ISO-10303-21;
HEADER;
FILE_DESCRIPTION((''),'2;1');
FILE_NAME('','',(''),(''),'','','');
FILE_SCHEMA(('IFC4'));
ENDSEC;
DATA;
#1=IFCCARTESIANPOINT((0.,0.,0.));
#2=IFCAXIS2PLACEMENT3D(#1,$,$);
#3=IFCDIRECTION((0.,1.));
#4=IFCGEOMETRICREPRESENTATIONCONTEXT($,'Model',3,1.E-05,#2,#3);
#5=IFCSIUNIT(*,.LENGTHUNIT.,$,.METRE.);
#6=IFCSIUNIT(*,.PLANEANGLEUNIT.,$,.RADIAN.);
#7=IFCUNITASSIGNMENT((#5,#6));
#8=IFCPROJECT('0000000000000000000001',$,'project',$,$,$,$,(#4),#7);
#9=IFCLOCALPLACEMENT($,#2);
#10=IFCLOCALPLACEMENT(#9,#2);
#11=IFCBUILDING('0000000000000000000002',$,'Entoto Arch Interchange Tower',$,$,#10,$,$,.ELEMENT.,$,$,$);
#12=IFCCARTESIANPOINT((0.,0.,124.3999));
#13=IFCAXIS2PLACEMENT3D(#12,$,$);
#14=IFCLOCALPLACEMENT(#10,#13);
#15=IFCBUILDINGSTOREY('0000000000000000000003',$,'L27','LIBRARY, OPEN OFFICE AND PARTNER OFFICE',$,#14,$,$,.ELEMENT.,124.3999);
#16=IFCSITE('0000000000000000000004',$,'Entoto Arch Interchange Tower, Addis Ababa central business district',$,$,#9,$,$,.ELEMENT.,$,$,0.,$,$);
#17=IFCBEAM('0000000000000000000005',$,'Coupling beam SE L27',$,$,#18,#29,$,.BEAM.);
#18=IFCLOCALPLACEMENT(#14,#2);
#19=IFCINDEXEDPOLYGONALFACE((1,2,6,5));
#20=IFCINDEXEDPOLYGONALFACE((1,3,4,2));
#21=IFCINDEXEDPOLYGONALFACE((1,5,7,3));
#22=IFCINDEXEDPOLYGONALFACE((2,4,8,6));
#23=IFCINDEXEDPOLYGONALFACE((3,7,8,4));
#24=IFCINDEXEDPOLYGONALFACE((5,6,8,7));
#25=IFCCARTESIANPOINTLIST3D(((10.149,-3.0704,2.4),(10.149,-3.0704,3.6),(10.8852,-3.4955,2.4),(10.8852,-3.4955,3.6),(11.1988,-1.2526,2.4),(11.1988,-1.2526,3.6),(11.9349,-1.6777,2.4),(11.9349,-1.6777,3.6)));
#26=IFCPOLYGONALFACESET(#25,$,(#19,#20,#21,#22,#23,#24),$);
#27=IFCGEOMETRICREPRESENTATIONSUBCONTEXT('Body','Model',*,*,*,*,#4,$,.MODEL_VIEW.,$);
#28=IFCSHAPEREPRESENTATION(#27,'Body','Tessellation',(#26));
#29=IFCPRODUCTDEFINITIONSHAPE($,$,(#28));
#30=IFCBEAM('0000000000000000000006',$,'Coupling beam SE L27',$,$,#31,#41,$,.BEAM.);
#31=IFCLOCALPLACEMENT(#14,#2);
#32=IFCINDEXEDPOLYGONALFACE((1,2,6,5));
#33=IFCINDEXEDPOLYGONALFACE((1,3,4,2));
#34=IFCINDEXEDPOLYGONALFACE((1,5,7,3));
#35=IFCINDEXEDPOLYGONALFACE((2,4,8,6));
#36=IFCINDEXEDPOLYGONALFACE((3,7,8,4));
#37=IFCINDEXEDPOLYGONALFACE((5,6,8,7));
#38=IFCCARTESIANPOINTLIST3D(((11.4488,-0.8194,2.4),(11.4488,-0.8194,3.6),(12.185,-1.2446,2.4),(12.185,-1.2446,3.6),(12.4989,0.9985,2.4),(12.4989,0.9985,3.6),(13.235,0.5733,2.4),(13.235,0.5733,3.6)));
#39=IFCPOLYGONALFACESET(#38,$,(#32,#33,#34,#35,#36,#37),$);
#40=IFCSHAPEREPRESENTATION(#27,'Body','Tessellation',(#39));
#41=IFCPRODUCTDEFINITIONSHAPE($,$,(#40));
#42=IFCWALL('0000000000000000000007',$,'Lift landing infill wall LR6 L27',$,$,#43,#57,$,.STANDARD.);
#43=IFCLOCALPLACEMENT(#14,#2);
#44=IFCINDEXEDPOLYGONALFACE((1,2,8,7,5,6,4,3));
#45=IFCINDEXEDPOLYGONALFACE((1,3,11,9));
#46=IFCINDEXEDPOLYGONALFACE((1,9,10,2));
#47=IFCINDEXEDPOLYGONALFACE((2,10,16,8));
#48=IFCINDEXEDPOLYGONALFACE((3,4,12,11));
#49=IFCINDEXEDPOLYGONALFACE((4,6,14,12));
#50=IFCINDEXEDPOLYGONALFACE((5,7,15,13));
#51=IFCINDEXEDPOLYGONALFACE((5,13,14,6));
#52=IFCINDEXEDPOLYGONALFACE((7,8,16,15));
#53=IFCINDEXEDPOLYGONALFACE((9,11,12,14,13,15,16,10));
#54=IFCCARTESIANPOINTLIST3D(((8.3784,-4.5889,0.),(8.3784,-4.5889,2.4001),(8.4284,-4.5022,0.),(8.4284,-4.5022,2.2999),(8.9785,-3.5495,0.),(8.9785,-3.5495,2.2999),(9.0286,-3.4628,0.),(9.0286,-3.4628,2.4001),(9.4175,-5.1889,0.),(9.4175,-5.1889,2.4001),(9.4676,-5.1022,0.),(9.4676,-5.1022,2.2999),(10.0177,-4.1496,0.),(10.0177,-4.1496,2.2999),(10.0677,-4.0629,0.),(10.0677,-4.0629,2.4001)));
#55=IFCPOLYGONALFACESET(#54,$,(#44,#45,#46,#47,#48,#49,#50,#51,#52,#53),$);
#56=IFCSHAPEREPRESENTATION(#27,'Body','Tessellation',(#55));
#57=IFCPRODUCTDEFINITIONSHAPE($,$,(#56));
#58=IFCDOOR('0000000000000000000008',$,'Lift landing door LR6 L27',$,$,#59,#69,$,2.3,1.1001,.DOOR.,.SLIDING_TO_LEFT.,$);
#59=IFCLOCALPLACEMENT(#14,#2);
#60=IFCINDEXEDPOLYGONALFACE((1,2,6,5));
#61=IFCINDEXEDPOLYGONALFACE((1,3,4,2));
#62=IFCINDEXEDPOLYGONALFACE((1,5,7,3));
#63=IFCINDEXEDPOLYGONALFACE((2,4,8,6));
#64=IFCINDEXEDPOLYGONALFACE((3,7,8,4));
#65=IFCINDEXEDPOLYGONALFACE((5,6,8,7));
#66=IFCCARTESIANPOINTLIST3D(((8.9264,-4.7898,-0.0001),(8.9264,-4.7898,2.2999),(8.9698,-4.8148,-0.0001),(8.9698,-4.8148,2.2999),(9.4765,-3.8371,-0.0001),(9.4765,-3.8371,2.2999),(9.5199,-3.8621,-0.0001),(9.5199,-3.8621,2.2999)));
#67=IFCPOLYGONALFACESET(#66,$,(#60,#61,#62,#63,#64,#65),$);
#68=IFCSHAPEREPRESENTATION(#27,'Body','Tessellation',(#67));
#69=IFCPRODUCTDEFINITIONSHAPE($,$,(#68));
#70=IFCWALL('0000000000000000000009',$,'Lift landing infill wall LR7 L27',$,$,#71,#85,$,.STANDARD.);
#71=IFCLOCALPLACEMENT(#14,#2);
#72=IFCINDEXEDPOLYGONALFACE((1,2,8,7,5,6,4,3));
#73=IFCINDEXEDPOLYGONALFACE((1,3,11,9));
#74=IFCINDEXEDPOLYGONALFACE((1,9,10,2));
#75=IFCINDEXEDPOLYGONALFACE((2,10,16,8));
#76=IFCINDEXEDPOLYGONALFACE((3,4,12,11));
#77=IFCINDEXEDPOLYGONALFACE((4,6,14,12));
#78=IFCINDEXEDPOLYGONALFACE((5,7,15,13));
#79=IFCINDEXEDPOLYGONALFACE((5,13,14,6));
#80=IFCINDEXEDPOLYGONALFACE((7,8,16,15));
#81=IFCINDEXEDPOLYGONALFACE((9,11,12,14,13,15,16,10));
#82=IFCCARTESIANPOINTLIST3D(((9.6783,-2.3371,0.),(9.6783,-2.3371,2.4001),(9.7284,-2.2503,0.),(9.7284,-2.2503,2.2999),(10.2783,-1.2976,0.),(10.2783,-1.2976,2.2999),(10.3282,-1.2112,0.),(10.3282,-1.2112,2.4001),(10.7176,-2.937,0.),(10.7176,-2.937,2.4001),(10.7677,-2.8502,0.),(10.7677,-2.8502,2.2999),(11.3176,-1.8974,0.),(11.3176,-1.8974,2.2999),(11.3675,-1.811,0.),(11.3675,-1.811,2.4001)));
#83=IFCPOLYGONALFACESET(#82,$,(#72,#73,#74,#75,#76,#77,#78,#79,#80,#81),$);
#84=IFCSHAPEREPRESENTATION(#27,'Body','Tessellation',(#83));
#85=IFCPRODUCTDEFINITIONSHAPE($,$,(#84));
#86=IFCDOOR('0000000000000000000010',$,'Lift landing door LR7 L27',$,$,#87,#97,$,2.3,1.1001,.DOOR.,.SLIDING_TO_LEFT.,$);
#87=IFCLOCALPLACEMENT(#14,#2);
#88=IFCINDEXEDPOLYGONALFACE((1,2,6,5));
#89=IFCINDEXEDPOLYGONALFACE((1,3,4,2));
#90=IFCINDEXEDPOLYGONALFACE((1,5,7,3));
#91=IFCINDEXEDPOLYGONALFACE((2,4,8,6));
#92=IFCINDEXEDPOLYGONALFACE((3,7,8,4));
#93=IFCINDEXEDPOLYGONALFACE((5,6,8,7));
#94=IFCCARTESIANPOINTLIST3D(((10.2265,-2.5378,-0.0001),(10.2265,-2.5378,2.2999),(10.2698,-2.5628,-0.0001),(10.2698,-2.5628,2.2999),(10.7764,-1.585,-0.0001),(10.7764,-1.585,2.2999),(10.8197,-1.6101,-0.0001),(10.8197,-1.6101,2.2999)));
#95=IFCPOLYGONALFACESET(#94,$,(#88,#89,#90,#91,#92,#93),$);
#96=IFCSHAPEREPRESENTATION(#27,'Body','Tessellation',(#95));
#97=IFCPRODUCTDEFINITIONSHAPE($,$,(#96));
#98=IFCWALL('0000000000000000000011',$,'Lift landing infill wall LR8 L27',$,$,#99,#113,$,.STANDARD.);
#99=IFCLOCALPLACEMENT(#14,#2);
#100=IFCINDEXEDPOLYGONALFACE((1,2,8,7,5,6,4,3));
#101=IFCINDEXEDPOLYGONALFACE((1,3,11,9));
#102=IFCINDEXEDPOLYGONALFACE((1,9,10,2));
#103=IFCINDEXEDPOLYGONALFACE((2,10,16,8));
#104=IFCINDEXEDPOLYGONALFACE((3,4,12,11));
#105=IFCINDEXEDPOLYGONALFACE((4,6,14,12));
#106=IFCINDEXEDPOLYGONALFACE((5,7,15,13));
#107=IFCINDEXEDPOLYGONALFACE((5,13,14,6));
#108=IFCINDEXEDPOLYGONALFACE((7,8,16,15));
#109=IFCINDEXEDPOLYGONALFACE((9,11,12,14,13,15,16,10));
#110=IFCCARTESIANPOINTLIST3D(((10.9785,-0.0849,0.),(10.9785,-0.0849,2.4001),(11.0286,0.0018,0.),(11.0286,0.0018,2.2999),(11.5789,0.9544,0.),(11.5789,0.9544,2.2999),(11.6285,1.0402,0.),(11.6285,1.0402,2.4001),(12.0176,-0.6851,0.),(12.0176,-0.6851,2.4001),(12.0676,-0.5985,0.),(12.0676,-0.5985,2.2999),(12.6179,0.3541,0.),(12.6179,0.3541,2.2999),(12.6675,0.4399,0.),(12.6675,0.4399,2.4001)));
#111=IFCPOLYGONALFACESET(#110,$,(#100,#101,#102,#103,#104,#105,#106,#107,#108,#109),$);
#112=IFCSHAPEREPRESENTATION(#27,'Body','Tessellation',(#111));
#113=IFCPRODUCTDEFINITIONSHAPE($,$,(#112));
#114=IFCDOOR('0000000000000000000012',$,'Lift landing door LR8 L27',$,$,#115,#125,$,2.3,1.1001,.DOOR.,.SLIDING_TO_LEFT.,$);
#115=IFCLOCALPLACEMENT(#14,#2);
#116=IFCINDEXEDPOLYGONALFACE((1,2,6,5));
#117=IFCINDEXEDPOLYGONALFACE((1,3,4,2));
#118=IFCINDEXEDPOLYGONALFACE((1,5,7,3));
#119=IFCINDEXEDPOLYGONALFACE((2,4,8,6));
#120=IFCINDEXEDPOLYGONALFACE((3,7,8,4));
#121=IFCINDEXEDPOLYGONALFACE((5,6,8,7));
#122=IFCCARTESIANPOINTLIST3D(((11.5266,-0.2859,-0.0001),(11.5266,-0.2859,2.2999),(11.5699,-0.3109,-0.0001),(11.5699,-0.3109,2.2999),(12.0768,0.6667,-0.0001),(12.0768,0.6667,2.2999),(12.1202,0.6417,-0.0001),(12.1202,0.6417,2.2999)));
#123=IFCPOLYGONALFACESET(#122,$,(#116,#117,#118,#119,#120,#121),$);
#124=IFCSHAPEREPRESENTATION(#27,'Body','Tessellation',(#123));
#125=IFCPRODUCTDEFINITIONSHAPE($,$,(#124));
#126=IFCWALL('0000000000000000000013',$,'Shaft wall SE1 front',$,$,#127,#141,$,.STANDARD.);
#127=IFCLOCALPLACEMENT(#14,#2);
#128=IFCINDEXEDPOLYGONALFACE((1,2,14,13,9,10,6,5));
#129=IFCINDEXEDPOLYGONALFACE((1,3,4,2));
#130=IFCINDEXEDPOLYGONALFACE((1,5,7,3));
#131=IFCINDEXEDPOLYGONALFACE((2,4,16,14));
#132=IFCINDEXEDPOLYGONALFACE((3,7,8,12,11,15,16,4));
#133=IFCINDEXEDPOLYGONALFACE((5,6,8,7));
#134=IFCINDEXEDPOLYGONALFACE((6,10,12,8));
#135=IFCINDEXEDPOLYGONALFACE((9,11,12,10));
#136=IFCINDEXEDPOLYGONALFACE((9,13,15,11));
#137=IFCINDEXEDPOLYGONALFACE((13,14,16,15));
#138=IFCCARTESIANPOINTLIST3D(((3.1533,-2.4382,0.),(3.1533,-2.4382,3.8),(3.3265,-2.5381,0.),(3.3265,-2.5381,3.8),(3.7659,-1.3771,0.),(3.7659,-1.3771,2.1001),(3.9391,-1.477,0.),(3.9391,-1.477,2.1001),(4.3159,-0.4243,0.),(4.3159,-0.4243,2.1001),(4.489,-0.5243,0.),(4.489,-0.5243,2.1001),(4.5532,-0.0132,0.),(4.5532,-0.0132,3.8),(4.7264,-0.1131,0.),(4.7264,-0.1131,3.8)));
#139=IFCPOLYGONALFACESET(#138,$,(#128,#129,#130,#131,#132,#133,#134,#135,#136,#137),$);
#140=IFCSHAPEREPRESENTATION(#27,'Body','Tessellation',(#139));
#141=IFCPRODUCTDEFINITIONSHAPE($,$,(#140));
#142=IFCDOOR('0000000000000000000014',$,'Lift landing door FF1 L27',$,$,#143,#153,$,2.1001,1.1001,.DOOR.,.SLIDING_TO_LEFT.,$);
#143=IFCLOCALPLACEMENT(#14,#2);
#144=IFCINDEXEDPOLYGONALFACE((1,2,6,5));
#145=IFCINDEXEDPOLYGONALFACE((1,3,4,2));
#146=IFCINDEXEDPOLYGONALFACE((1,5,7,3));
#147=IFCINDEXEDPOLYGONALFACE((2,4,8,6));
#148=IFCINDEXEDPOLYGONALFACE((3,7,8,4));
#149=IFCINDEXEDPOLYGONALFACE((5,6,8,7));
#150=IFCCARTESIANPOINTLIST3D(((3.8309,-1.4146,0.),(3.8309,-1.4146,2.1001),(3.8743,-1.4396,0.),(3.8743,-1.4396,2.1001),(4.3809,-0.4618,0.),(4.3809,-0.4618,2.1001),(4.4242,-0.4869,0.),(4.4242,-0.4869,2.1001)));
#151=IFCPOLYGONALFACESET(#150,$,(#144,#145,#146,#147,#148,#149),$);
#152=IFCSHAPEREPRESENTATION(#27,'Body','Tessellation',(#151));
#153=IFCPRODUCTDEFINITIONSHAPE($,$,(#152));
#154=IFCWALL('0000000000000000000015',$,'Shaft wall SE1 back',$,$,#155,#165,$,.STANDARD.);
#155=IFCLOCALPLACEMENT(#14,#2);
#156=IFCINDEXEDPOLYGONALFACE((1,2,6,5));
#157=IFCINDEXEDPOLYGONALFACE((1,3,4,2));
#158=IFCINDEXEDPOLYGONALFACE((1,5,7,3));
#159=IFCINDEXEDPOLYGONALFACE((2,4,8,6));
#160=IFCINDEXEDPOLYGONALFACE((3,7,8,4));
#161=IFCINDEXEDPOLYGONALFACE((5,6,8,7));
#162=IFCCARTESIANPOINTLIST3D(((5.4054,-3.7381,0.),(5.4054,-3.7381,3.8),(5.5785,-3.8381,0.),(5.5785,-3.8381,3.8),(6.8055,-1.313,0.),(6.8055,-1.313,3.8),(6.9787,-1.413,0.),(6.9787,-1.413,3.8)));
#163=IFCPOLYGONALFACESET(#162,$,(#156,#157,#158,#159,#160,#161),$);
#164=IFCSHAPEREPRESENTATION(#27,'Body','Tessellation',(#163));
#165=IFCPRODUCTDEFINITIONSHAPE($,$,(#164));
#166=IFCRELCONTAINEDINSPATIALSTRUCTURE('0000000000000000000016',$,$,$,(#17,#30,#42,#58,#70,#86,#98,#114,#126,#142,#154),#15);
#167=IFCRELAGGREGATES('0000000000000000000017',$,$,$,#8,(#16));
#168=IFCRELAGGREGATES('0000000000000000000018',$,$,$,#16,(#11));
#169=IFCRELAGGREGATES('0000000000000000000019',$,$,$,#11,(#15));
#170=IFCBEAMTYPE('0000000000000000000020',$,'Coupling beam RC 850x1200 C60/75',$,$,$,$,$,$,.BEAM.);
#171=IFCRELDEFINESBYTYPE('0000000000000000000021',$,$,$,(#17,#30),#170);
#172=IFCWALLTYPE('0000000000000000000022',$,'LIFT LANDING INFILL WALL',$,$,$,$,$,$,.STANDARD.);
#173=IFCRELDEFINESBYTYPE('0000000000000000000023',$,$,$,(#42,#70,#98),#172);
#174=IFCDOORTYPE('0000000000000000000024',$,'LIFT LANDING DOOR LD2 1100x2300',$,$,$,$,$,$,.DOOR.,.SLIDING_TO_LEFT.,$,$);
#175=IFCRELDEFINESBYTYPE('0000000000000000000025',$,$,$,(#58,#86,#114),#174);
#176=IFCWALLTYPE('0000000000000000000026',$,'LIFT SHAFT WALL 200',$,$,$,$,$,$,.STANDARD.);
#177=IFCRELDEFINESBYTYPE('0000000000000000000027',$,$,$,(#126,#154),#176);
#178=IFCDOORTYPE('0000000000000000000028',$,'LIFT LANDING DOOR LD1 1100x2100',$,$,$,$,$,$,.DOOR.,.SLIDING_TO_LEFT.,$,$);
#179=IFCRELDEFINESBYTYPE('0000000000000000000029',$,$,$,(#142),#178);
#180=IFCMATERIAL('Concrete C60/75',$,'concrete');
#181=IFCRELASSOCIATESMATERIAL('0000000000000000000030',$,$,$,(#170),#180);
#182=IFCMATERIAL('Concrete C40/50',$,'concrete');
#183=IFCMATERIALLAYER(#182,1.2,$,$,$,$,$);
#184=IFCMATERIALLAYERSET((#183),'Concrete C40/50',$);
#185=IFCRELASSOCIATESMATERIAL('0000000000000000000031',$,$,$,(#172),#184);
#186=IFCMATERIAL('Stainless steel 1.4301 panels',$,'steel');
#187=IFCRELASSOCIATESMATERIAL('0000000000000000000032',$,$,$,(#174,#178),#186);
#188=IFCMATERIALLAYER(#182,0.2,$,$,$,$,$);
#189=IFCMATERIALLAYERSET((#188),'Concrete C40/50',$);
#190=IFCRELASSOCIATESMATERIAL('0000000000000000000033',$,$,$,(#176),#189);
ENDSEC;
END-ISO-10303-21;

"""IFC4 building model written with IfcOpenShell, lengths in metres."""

from ifc_helpers import new_model, si_unit, direction, frame, frame_2d, origin, origin_2d, place, context, subcontext, project, spatial, rectangle, extrude, material, layer, layer_set, material_profile, profile_set, type_object, element, fill, save


model = new_model("IFC4")

# Units and contexts
model_context = context("Model", 3, precision=1e-05, world=origin(), true_north=direction((0.0, 1.0)))
body_context = subcontext(model_context, "Body", "Model", "MODEL_VIEW")
ifc_project = project(units=[si_unit("LENGTHUNIT", "METRE"), si_unit("PLANEANGLEUNIT", "RADIAN")], contexts=[model_context])

# Site, building, storey
site_placement = place(None, origin())
site = spatial("IfcSite", under=ifc_project, at=site_placement, Name="Entoto Arch Interchange Tower, Addis Ababa central business district", CompositionType="ELEMENT", RefElevation=0.0)
building_placement = place(site_placement, origin())
building = spatial("IfcBuilding", under=site, at=building_placement, Name="Entoto Arch Interchange Tower", CompositionType="ELEMENT")
storey_placement = place(building_placement, frame((0.0, 0.0, 124.3999)))
storey = spatial("IfcBuildingStorey", under=building, at=storey_placement, Name="L27", Description="LIBRARY, OPEN OFFICE AND PARTNER OFFICE", CompositionType="ELEMENT", Elevation=124.3999)

# Beams
ifc_material_1 = material(Name="Concrete C60/75", Category="concrete")
ifc_material_profile = material_profile(ifc_material_1, rectangle(XDim=0.8501, YDim=1.2, at=origin_2d()))
ifc_profile_set = profile_set([ifc_material_profile], Name="Concrete C60/75")
beam_type = type_object("IfcBeamType", Name="Coupling beam RC 850x1200 C60/75", PredefinedType="BEAM", material=ifc_profile_set)
beam_1_placement = place(storey_placement, frame((10.5171, -3.283, 3.0), z_axis=(0.500092, 0.865973, 0.0), x_axis=(-0.865973, 0.500092, 0.0)))
element("IfcBeam", 1, at=beam_1_placement, inside=storey, type_object=beam_type, Name="Coupling beam SE L27", PredefinedType="BEAM", context=body_context, shape_type="SweptSolid", body=[
    extrude(rectangle(XDim=0.8501, YDim=1.2, at=origin_2d()), origin(), (0.0, 0.0, 1.0), 2.0991),
])
beam_2_placement = place(storey_placement, frame((11.8169, -1.032, 3.0), z_axis=(0.500179, 0.865922, 0.0), x_axis=(-0.865922, 0.500179, 0.0)))
element("IfcBeam", 2, at=beam_2_placement, inside=storey, type_object=beam_type, Name="Coupling beam SE L27", PredefinedType="BEAM", context=body_context, shape_type="SweptSolid", body=[
    extrude(rectangle(XDim=0.8501, YDim=1.2, at=origin_2d()), origin(), (0.0, 0.0, 1.0), 2.0994),
])

# Walls, openings, doors
ifc_material_2 = material(Name="Concrete C40/50", Category="concrete")
ifc_layer_1 = layer(ifc_material_2, 1.2)
ifc_layer_set_1 = layer_set([ifc_layer_1], Name="Concrete C40/50")
wall_type_1 = type_object("IfcWallType", Name="LIFT LANDING INFILL WALL", PredefinedType="STANDARD", material=ifc_layer_set_1)
wall_1_placement = place(storey_placement, frame((8.8979, -4.8889, 0.0), z_axis=(0.0, 0.0, 1.0), x_axis=(0.500037, 0.866004, 0.0)))
wall_1 = element("IfcWall", 3, at=wall_1_placement, inside=storey, type_object=wall_type_1, Name="Lift landing infill wall LR6 L27", PredefinedType="STANDARD", context=body_context, shape_type="SweptSolid", body=[
    extrude(rectangle(XDim=1.3003, YDim=1.2, at=frame_2d((0.6501, 0.0))), origin(), (0.0, 0.0, 1.0), 2.4001),
])
opening_1_placement = place(wall_1_placement, frame((0.1001, 0.0, 0.0)))
opening_1 = element("IfcOpeningElement", 4, at=opening_1_placement, cuts=wall_1, PredefinedType="OPENING", context=body_context, shape_type="SweptSolid", body=[
    extrude(rectangle(XDim=1.1001, YDim=2.3, at=frame_2d((0.55, 1.1499))), frame((0.0, 0.6099, 0.0), z_axis=(0.0, -1.0, 0.0), x_axis=(1.0, 0.0, 0.0)), (0.0, 0.0, 1.0), 1.22),
])
ifc_material_3 = material(Name="Stainless steel 1.4301 panels", Category="steel")
door_type_1 = type_object("IfcDoorType", Name="LIFT LANDING DOOR LD2 1100x2300", OperationType="SLIDING_TO_LEFT", PredefinedType="DOOR", material=ifc_material_3)
door_1_placement = place(opening_1_placement, origin())
door_1 = element("IfcDoor", 5, at=door_1_placement, inside=storey, type_object=door_type_1, Name="Lift landing door LR6 L27", OperationType="SLIDING_TO_LEFT", OverallHeight=2.3, OverallWidth=1.1001, PredefinedType="DOOR", context=body_context, shape_type="SweptSolid", body=[
    extrude(rectangle(XDim=1.1001, YDim=2.3, at=frame_2d((0.55, 1.1499))), frame((0.0, 0.0249, 0.0), z_axis=(0.0, -1.0, 0.0), x_axis=(1.0, 0.0, 0.0)), (0.0, 0.0, 1.0), 0.05),
])
fill(opening_1, door_1)
wall_2_placement = place(storey_placement, frame((10.198, -2.637, 0.0), z_axis=(0.0, 0.0, 1.0), x_axis=(0.499896, 0.866086, 0.0)))
wall_2 = element("IfcWall", 6, at=wall_2_placement, inside=storey, type_object=wall_type_1, Name="Lift landing infill wall LR7 L27", PredefinedType="STANDARD", context=body_context, shape_type="SweptSolid", body=[
    extrude(rectangle(XDim=1.3, YDim=1.2, at=frame_2d((0.6499, 0.0))), origin(), (0.0, 0.0, 1.0), 2.4001),
])
opening_2_placement = place(wall_2_placement, frame((0.1001, 0.0, 0.0)))
opening_2 = element("IfcOpeningElement", 7, at=opening_2_placement, cuts=wall_2, PredefinedType="OPENING", context=body_context, shape_type="SweptSolid", body=[
    extrude(rectangle(XDim=1.1001, YDim=2.3, at=frame_2d((0.55, 1.1499))), frame((0.0, 0.6099, 0.0), z_axis=(0.0, -1.0, 0.0), x_axis=(1.0, 0.0, 0.0)), (0.0, 0.0, 1.0), 1.22),
])
door_2_placement = place(opening_2_placement, origin())
door_2 = element("IfcDoor", 8, at=door_2_placement, inside=storey, type_object=door_type_1, Name="Lift landing door LR7 L27", OperationType="SLIDING_TO_LEFT", OverallHeight=2.3, OverallWidth=1.1001, PredefinedType="DOOR", context=body_context, shape_type="SweptSolid", body=[
    extrude(rectangle(XDim=1.1001, YDim=2.3, at=frame_2d((0.55, 1.1499))), frame((0.0, 0.0249, 0.0), z_axis=(0.0, -1.0, 0.0), x_axis=(1.0, 0.0, 0.0)), (0.0, 0.0, 1.0), 0.05),
])
fill(opening_2, door_2)
wall_3_placement = place(storey_placement, frame((11.498, -0.385, 0.0), z_axis=(0.0, 0.0, 1.0), x_axis=(0.500221, 0.865898, 0.0)))
wall_3 = element("IfcWall", 9, at=wall_3_placement, inside=storey, type_object=wall_type_1, Name="Lift landing infill wall LR8 L27", PredefinedType="STANDARD", context=body_context, shape_type="SweptSolid", body=[
    extrude(rectangle(XDim=1.2993, YDim=1.2, at=frame_2d((0.6497, 0.0))), origin(), (0.0, 0.0, 1.0), 2.4001),
])
opening_3_placement = place(wall_3_placement, frame((0.1001, 0.0, 0.0)))
opening_3 = element("IfcOpeningElement", 10, at=opening_3_placement, cuts=wall_3, PredefinedType="OPENING", context=body_context, shape_type="SweptSolid", body=[
    extrude(rectangle(XDim=1.1001, YDim=2.3, at=frame_2d((0.55, 1.1499))), frame((0.0, 0.6099, 0.0), z_axis=(0.0, -1.0, 0.0), x_axis=(1.0, 0.0, 0.0)), (0.0, 0.0, 1.0), 1.22),
])
door_3_placement = place(opening_3_placement, origin())
door_3 = element("IfcDoor", 11, at=door_3_placement, inside=storey, type_object=door_type_1, Name="Lift landing door LR8 L27", OperationType="SLIDING_TO_LEFT", OverallHeight=2.3, OverallWidth=1.1001, PredefinedType="DOOR", context=body_context, shape_type="SweptSolid", body=[
    extrude(rectangle(XDim=1.1001, YDim=2.3, at=frame_2d((0.55, 1.1499))), frame((0.0, 0.0249, 0.0), z_axis=(0.0, -1.0, 0.0), x_axis=(1.0, 0.0, 0.0)), (0.0, 0.0, 1.0), 0.05),
])
fill(opening_3, door_3)
ifc_layer_2 = layer(ifc_material_2, 0.2)
ifc_layer_set_2 = layer_set([ifc_layer_2], Name="Concrete C40/50")
wall_type_2 = type_object("IfcWallType", Name="LIFT SHAFT WALL 200", PredefinedType="STANDARD", material=ifc_layer_set_2)
wall_4_placement = place(storey_placement, frame((3.24, -2.488, 0.0), z_axis=(0.0, 0.0, 1.0), x_axis=(0.499946, 0.866056, 0.0)))
wall_4 = element("IfcWall", 12, at=wall_4_placement, inside=storey, type_object=wall_type_2, Name="Shaft wall SE1 front", PredefinedType="STANDARD", context=body_context, shape_type="SweptSolid", body=[
    extrude(rectangle(XDim=2.8, YDim=0.2, at=frame_2d((1.3999, 0.0))), origin(), (0.0, 0.0, 1.0), 3.8),
])
opening_4_placement = place(wall_4_placement, frame((1.2251, 0.0, 0.0)))
opening_4 = element("IfcOpeningElement", 13, at=opening_4_placement, cuts=wall_4, PredefinedType="OPENING", context=body_context, shape_type="SweptSolid", body=[
    extrude(rectangle(XDim=1.1001, YDim=2.1001, at=frame_2d((0.55, 1.05))), frame((0.0, 0.1099, 0.0), z_axis=(0.0, -1.0, 0.0), x_axis=(1.0, 0.0, 0.0)), (0.0, 0.0, 1.0), 0.22),
])
door_type_2 = type_object("IfcDoorType", Name="LIFT LANDING DOOR LD1 1100x2100", OperationType="SLIDING_TO_LEFT", PredefinedType="DOOR", material=ifc_material_3)
door_4_placement = place(opening_4_placement, origin())
door_4 = element("IfcDoor", 14, at=door_4_placement, inside=storey, type_object=door_type_2, Name="Lift landing door FF1 L27", OperationType="SLIDING_TO_LEFT", OverallHeight=2.1001, OverallWidth=1.1001, PredefinedType="DOOR", context=body_context, shape_type="SweptSolid", body=[
    extrude(rectangle(XDim=1.1001, YDim=2.1001, at=frame_2d((0.55, 1.05))), frame((0.0, 0.0249, 0.0), z_axis=(0.0, -1.0, 0.0), x_axis=(1.0, 0.0, 0.0)), (0.0, 0.0, 1.0), 0.05),
])
fill(opening_4, door_4)

# Wall
wall_5_placement = place(storey_placement, frame((5.4919, -3.7881, 0.0), z_axis=(0.0, 0.0, 1.0), x_axis=(0.500012, 0.866019, 0.0)))
element("IfcWall", 15, at=wall_5_placement, inside=storey, type_object=wall_type_2, Name="Shaft wall SE1 back", PredefinedType="STANDARD", context=body_context, shape_type="SweptSolid", body=[
    extrude(rectangle(XDim=2.8003, YDim=0.2, at=frame_2d((1.4001, 0.0))), origin(), (0.0, 0.0, 1.0), 3.8),
])

save(model, "model.ifc")
